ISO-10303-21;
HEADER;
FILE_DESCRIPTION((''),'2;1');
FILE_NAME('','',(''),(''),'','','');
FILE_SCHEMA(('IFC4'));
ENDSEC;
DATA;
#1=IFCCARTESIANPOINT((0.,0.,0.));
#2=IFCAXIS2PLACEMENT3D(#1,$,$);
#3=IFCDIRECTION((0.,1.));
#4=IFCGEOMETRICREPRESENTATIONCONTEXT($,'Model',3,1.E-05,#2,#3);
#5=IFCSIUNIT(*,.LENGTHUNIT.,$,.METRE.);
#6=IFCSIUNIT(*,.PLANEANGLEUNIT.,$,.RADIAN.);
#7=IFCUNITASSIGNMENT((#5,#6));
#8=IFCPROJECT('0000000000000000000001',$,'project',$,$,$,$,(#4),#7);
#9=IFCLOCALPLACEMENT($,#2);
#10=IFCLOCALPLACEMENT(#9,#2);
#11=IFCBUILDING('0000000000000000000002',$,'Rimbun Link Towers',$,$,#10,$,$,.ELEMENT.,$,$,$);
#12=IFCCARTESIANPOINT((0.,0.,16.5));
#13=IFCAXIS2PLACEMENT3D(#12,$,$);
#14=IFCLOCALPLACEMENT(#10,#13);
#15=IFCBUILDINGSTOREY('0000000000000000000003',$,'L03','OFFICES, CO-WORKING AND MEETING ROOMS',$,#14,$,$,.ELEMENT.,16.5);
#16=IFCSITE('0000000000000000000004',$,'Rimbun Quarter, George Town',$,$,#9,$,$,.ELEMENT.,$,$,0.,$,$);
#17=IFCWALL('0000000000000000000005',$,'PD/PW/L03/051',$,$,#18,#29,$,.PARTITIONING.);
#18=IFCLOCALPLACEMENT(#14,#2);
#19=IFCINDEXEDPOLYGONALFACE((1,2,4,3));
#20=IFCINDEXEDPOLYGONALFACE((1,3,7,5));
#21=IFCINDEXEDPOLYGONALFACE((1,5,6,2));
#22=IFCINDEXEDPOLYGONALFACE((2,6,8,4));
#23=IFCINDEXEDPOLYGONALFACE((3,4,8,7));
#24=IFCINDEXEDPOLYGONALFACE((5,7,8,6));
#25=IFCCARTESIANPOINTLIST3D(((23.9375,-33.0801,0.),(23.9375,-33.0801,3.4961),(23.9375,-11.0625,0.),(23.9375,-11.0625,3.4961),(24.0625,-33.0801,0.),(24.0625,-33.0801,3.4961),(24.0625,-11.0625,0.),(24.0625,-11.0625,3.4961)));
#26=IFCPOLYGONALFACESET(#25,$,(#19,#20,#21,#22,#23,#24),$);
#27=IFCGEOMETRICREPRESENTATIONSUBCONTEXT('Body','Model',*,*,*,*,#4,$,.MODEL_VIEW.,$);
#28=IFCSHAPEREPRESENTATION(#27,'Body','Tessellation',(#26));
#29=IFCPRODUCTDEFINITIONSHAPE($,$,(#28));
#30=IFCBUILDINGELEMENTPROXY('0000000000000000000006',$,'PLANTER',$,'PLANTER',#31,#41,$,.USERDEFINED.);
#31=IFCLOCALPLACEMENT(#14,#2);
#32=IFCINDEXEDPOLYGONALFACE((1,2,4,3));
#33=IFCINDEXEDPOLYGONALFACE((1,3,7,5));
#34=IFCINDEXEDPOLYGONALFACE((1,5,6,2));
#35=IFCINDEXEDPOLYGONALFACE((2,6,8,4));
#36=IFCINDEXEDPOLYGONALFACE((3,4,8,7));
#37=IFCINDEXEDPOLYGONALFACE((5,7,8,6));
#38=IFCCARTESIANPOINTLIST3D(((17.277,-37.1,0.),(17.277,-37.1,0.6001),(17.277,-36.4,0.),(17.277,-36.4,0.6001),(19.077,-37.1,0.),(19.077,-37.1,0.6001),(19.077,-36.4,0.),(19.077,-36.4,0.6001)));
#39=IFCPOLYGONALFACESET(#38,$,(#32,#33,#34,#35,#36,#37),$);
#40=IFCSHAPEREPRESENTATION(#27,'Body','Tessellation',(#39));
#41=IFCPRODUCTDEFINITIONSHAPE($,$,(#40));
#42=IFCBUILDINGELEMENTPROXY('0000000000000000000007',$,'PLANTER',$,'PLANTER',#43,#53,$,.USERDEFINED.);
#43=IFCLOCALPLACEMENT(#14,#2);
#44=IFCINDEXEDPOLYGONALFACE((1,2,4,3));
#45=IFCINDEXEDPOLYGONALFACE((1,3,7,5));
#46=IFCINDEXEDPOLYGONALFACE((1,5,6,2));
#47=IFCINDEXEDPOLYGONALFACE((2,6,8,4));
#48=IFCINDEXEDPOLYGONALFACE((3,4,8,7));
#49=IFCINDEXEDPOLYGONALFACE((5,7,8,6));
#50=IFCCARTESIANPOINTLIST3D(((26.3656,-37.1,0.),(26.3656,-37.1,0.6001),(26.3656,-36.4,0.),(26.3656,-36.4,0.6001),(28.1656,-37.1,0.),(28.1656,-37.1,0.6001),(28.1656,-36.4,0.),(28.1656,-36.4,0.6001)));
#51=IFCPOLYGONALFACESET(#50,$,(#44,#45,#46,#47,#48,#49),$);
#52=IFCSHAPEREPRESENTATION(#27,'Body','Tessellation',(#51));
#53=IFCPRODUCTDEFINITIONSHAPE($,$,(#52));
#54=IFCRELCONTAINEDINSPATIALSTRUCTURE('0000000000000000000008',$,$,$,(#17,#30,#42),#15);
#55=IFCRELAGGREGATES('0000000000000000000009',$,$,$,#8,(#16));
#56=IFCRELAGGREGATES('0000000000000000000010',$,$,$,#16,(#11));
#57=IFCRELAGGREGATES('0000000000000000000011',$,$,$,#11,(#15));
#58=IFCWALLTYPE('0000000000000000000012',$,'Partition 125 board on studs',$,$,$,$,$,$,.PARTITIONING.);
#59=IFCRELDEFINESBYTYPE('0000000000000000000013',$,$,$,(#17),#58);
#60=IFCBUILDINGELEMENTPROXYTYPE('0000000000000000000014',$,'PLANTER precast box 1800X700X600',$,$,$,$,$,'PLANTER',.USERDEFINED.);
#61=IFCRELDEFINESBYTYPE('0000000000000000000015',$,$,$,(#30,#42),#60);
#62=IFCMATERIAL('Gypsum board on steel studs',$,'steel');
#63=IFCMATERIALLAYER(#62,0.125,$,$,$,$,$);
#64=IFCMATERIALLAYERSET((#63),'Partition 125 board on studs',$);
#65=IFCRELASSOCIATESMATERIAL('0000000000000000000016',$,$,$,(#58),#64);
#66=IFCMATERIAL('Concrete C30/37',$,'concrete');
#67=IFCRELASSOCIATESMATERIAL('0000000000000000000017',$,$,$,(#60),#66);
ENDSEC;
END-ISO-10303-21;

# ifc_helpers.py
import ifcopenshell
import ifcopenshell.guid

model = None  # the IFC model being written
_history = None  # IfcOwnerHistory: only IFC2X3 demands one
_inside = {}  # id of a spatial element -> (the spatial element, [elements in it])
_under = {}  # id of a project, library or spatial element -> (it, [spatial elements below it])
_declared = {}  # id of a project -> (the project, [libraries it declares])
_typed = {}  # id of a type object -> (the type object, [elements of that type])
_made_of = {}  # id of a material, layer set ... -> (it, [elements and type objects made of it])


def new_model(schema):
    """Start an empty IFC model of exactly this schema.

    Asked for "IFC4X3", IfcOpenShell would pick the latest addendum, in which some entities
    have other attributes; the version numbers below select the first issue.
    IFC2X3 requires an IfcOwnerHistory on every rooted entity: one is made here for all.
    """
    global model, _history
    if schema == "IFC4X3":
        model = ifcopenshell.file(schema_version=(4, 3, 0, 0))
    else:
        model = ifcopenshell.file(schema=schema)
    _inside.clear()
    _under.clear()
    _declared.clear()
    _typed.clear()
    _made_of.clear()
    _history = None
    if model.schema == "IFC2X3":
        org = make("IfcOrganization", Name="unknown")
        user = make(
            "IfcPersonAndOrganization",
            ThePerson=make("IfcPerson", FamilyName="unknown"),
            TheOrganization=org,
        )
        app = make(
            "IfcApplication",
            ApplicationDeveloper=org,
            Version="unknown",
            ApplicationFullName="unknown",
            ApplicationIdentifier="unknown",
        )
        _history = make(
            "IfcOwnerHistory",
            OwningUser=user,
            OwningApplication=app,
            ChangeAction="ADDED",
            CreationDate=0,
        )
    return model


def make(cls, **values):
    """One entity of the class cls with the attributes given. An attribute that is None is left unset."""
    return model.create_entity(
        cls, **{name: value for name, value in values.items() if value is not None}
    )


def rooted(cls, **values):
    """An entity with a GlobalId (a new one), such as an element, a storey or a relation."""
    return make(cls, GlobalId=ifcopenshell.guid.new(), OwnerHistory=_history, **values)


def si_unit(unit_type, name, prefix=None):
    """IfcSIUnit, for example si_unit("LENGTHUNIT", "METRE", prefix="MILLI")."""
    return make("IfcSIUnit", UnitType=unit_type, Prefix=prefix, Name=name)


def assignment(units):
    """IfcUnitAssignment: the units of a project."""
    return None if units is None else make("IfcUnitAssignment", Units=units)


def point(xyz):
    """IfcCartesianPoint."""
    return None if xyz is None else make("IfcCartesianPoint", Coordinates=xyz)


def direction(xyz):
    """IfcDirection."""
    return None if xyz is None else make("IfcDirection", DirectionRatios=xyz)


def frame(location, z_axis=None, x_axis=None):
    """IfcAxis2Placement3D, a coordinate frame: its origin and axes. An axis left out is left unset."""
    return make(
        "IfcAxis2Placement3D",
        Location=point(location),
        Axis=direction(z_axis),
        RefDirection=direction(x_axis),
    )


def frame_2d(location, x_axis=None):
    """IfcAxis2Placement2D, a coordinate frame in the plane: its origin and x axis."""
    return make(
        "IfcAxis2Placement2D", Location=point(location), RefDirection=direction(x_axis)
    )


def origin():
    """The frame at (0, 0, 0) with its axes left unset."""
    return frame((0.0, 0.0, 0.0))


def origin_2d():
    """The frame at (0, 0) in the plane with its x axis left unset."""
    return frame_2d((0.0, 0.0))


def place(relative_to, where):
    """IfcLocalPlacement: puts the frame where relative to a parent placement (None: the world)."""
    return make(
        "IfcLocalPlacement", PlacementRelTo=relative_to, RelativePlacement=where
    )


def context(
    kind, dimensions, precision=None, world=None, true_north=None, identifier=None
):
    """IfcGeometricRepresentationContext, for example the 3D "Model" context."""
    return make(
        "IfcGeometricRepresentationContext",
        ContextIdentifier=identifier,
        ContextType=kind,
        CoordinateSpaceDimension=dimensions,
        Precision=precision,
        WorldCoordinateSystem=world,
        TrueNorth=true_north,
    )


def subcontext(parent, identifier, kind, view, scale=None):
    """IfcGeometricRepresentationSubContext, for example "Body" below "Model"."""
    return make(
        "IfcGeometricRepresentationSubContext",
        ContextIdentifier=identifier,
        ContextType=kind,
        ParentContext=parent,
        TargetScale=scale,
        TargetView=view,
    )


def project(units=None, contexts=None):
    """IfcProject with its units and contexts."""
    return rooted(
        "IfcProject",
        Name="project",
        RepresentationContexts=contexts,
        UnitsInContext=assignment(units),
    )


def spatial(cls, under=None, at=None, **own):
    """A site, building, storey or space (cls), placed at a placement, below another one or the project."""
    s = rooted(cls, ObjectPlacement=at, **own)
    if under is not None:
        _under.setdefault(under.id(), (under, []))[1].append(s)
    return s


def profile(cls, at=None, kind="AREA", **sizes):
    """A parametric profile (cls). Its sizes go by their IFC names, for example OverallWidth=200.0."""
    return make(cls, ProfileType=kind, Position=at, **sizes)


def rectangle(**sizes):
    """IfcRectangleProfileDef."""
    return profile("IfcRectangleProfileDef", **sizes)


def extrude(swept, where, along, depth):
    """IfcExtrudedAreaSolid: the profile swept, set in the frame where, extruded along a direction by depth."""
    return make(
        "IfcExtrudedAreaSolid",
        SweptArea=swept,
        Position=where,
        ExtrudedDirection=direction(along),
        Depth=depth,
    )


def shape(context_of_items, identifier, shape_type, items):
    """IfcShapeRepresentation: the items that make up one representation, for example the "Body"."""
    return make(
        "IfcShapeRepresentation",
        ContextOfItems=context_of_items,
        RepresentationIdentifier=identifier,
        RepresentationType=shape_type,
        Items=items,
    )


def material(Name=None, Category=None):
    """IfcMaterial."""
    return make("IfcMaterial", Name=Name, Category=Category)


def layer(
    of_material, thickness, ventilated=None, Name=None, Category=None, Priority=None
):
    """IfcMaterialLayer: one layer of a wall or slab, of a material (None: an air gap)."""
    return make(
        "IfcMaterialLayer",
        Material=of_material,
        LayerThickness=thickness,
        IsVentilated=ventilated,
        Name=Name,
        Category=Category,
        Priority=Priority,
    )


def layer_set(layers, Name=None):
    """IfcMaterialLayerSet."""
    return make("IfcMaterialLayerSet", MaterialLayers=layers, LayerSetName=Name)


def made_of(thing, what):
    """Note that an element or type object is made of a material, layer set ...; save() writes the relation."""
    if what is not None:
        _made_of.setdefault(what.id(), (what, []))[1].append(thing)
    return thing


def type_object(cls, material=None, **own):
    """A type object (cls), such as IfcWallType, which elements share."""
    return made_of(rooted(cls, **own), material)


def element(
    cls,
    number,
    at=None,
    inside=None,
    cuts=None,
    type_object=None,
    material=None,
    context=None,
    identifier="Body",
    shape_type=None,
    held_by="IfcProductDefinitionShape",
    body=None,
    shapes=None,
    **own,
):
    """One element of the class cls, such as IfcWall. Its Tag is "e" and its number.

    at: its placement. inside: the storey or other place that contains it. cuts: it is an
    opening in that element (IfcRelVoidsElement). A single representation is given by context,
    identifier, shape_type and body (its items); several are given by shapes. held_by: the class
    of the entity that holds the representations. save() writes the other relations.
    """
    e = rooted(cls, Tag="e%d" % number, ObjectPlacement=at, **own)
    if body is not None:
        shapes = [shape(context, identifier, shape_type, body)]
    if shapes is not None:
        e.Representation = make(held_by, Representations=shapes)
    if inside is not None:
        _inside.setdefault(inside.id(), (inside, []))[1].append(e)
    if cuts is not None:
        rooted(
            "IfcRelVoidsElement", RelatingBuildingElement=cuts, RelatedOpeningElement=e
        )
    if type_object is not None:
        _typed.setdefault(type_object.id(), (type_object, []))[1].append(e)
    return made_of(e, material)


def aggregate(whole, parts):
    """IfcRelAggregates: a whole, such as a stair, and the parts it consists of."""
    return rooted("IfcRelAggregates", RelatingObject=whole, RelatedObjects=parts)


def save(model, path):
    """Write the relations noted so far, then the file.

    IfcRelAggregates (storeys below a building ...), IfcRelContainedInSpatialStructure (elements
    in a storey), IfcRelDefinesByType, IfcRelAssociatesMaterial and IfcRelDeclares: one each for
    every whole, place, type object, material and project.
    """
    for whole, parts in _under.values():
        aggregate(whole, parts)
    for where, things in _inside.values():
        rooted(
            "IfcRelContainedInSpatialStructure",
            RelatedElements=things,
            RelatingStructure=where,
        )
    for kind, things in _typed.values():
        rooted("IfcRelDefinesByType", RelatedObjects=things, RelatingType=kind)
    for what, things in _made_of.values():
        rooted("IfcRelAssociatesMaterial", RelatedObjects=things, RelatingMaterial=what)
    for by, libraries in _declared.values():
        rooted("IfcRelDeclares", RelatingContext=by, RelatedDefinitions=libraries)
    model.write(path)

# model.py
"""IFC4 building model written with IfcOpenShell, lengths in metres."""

from ifc_helpers import new_model, si_unit, direction, frame, frame_2d, origin, origin_2d, place, context, subcontext, project, spatial, rectangle, extrude, material, layer, layer_set, type_object, element, save


model = new_model("IFC4")

# Units and contexts
model_context = context("Model", 3, precision=1e-05, world=origin(), true_north=direction((0.0, 1.0)))
body_context = subcontext(model_context, "Body", "Model", "MODEL_VIEW")
ifc_project = project(units=[si_unit("LENGTHUNIT", "METRE"), si_unit("PLANEANGLEUNIT", "RADIAN")], contexts=[model_context])

# Site, building, storey
site_placement = place(None, origin())
site = spatial("IfcSite", under=ifc_project, at=site_placement, Name="Rimbun Quarter, George Town", CompositionType="ELEMENT", RefElevation=0.0)
building_placement = place(site_placement, origin())
building = spatial("IfcBuilding", under=site, at=building_placement, Name="Rimbun Link Towers", CompositionType="ELEMENT")
storey_placement = place(building_placement, frame((0.0, 0.0, 16.5)))
storey = spatial("IfcBuildingStorey", under=building, at=storey_placement, Name="L03", Description="OFFICES, CO-WORKING AND MEETING ROOMS", CompositionType="ELEMENT", Elevation=16.5)

# Wall
ifc_material_1 = material(Name="Gypsum board on steel studs", Category="steel")
ifc_layer_1 = layer(ifc_material_1, 0.125)
ifc_layer_set_1 = layer_set([ifc_layer_1], Name="Partition 125 board on studs")
wall_type_1 = type_object("IfcWallType", Name="Partition 125 board on studs", PredefinedType="PARTITIONING", material=ifc_layer_set_1)
for number, where, z_axis, x_axis, name in (
    (1, (24.0, -33.0801, 0.0), (0.0, 0.0, 1.0), (0.0, 1.0, 0.0), "PD/PW/L03/051"),
):
    element("IfcWall", number, at=place(storey_placement, frame(where, z_axis=z_axis, x_axis=x_axis)), inside=storey, type_object=wall_type_1, Name=name, PredefinedType="PARTITIONING", context=body_context, shape_type="SweptSolid", body=[
        extrude(rectangle(XDim=22.0176, YDim=0.125, at=frame_2d((11.0088, 0.0))), origin(), (0.0, 0.0, 1.0), 3.4961),
    ])

# Building element proxies
ifc_material_2 = material(Name="Concrete C30/37", Category="concrete")
building_element_proxy_type = type_object("IfcBuildingElementProxyType", Name="PLANTER precast box 1800X700X600", ElementType="PLANTER", PredefinedType="USERDEFINED", material=ifc_material_2)
for number, where, z_axis, x_axis, name in (
    (2, (18.177, -36.75, 0.0), (0.0, 0.0, 1.0), (1.0, 0.0, 0.0), "PLANTER"),
    (3, (27.2656, -36.75, 0.0), (0.0, 0.0, 1.0), (1.0, 0.0, 0.0), "PLANTER"),
):
    element("IfcBuildingElementProxy", number, at=place(storey_placement, frame(where, z_axis=z_axis, x_axis=x_axis)), inside=storey, type_object=building_element_proxy_type, Name=name, ObjectType="PLANTER", PredefinedType="USERDEFINED", context=body_context, shape_type="SweptSolid", body=[
        extrude(rectangle(XDim=1.8, YDim=0.7, at=origin_2d()), origin(), (0.0, 0.0, 1.0), 0.6001),
    ])

save(model, "model.ifc")
